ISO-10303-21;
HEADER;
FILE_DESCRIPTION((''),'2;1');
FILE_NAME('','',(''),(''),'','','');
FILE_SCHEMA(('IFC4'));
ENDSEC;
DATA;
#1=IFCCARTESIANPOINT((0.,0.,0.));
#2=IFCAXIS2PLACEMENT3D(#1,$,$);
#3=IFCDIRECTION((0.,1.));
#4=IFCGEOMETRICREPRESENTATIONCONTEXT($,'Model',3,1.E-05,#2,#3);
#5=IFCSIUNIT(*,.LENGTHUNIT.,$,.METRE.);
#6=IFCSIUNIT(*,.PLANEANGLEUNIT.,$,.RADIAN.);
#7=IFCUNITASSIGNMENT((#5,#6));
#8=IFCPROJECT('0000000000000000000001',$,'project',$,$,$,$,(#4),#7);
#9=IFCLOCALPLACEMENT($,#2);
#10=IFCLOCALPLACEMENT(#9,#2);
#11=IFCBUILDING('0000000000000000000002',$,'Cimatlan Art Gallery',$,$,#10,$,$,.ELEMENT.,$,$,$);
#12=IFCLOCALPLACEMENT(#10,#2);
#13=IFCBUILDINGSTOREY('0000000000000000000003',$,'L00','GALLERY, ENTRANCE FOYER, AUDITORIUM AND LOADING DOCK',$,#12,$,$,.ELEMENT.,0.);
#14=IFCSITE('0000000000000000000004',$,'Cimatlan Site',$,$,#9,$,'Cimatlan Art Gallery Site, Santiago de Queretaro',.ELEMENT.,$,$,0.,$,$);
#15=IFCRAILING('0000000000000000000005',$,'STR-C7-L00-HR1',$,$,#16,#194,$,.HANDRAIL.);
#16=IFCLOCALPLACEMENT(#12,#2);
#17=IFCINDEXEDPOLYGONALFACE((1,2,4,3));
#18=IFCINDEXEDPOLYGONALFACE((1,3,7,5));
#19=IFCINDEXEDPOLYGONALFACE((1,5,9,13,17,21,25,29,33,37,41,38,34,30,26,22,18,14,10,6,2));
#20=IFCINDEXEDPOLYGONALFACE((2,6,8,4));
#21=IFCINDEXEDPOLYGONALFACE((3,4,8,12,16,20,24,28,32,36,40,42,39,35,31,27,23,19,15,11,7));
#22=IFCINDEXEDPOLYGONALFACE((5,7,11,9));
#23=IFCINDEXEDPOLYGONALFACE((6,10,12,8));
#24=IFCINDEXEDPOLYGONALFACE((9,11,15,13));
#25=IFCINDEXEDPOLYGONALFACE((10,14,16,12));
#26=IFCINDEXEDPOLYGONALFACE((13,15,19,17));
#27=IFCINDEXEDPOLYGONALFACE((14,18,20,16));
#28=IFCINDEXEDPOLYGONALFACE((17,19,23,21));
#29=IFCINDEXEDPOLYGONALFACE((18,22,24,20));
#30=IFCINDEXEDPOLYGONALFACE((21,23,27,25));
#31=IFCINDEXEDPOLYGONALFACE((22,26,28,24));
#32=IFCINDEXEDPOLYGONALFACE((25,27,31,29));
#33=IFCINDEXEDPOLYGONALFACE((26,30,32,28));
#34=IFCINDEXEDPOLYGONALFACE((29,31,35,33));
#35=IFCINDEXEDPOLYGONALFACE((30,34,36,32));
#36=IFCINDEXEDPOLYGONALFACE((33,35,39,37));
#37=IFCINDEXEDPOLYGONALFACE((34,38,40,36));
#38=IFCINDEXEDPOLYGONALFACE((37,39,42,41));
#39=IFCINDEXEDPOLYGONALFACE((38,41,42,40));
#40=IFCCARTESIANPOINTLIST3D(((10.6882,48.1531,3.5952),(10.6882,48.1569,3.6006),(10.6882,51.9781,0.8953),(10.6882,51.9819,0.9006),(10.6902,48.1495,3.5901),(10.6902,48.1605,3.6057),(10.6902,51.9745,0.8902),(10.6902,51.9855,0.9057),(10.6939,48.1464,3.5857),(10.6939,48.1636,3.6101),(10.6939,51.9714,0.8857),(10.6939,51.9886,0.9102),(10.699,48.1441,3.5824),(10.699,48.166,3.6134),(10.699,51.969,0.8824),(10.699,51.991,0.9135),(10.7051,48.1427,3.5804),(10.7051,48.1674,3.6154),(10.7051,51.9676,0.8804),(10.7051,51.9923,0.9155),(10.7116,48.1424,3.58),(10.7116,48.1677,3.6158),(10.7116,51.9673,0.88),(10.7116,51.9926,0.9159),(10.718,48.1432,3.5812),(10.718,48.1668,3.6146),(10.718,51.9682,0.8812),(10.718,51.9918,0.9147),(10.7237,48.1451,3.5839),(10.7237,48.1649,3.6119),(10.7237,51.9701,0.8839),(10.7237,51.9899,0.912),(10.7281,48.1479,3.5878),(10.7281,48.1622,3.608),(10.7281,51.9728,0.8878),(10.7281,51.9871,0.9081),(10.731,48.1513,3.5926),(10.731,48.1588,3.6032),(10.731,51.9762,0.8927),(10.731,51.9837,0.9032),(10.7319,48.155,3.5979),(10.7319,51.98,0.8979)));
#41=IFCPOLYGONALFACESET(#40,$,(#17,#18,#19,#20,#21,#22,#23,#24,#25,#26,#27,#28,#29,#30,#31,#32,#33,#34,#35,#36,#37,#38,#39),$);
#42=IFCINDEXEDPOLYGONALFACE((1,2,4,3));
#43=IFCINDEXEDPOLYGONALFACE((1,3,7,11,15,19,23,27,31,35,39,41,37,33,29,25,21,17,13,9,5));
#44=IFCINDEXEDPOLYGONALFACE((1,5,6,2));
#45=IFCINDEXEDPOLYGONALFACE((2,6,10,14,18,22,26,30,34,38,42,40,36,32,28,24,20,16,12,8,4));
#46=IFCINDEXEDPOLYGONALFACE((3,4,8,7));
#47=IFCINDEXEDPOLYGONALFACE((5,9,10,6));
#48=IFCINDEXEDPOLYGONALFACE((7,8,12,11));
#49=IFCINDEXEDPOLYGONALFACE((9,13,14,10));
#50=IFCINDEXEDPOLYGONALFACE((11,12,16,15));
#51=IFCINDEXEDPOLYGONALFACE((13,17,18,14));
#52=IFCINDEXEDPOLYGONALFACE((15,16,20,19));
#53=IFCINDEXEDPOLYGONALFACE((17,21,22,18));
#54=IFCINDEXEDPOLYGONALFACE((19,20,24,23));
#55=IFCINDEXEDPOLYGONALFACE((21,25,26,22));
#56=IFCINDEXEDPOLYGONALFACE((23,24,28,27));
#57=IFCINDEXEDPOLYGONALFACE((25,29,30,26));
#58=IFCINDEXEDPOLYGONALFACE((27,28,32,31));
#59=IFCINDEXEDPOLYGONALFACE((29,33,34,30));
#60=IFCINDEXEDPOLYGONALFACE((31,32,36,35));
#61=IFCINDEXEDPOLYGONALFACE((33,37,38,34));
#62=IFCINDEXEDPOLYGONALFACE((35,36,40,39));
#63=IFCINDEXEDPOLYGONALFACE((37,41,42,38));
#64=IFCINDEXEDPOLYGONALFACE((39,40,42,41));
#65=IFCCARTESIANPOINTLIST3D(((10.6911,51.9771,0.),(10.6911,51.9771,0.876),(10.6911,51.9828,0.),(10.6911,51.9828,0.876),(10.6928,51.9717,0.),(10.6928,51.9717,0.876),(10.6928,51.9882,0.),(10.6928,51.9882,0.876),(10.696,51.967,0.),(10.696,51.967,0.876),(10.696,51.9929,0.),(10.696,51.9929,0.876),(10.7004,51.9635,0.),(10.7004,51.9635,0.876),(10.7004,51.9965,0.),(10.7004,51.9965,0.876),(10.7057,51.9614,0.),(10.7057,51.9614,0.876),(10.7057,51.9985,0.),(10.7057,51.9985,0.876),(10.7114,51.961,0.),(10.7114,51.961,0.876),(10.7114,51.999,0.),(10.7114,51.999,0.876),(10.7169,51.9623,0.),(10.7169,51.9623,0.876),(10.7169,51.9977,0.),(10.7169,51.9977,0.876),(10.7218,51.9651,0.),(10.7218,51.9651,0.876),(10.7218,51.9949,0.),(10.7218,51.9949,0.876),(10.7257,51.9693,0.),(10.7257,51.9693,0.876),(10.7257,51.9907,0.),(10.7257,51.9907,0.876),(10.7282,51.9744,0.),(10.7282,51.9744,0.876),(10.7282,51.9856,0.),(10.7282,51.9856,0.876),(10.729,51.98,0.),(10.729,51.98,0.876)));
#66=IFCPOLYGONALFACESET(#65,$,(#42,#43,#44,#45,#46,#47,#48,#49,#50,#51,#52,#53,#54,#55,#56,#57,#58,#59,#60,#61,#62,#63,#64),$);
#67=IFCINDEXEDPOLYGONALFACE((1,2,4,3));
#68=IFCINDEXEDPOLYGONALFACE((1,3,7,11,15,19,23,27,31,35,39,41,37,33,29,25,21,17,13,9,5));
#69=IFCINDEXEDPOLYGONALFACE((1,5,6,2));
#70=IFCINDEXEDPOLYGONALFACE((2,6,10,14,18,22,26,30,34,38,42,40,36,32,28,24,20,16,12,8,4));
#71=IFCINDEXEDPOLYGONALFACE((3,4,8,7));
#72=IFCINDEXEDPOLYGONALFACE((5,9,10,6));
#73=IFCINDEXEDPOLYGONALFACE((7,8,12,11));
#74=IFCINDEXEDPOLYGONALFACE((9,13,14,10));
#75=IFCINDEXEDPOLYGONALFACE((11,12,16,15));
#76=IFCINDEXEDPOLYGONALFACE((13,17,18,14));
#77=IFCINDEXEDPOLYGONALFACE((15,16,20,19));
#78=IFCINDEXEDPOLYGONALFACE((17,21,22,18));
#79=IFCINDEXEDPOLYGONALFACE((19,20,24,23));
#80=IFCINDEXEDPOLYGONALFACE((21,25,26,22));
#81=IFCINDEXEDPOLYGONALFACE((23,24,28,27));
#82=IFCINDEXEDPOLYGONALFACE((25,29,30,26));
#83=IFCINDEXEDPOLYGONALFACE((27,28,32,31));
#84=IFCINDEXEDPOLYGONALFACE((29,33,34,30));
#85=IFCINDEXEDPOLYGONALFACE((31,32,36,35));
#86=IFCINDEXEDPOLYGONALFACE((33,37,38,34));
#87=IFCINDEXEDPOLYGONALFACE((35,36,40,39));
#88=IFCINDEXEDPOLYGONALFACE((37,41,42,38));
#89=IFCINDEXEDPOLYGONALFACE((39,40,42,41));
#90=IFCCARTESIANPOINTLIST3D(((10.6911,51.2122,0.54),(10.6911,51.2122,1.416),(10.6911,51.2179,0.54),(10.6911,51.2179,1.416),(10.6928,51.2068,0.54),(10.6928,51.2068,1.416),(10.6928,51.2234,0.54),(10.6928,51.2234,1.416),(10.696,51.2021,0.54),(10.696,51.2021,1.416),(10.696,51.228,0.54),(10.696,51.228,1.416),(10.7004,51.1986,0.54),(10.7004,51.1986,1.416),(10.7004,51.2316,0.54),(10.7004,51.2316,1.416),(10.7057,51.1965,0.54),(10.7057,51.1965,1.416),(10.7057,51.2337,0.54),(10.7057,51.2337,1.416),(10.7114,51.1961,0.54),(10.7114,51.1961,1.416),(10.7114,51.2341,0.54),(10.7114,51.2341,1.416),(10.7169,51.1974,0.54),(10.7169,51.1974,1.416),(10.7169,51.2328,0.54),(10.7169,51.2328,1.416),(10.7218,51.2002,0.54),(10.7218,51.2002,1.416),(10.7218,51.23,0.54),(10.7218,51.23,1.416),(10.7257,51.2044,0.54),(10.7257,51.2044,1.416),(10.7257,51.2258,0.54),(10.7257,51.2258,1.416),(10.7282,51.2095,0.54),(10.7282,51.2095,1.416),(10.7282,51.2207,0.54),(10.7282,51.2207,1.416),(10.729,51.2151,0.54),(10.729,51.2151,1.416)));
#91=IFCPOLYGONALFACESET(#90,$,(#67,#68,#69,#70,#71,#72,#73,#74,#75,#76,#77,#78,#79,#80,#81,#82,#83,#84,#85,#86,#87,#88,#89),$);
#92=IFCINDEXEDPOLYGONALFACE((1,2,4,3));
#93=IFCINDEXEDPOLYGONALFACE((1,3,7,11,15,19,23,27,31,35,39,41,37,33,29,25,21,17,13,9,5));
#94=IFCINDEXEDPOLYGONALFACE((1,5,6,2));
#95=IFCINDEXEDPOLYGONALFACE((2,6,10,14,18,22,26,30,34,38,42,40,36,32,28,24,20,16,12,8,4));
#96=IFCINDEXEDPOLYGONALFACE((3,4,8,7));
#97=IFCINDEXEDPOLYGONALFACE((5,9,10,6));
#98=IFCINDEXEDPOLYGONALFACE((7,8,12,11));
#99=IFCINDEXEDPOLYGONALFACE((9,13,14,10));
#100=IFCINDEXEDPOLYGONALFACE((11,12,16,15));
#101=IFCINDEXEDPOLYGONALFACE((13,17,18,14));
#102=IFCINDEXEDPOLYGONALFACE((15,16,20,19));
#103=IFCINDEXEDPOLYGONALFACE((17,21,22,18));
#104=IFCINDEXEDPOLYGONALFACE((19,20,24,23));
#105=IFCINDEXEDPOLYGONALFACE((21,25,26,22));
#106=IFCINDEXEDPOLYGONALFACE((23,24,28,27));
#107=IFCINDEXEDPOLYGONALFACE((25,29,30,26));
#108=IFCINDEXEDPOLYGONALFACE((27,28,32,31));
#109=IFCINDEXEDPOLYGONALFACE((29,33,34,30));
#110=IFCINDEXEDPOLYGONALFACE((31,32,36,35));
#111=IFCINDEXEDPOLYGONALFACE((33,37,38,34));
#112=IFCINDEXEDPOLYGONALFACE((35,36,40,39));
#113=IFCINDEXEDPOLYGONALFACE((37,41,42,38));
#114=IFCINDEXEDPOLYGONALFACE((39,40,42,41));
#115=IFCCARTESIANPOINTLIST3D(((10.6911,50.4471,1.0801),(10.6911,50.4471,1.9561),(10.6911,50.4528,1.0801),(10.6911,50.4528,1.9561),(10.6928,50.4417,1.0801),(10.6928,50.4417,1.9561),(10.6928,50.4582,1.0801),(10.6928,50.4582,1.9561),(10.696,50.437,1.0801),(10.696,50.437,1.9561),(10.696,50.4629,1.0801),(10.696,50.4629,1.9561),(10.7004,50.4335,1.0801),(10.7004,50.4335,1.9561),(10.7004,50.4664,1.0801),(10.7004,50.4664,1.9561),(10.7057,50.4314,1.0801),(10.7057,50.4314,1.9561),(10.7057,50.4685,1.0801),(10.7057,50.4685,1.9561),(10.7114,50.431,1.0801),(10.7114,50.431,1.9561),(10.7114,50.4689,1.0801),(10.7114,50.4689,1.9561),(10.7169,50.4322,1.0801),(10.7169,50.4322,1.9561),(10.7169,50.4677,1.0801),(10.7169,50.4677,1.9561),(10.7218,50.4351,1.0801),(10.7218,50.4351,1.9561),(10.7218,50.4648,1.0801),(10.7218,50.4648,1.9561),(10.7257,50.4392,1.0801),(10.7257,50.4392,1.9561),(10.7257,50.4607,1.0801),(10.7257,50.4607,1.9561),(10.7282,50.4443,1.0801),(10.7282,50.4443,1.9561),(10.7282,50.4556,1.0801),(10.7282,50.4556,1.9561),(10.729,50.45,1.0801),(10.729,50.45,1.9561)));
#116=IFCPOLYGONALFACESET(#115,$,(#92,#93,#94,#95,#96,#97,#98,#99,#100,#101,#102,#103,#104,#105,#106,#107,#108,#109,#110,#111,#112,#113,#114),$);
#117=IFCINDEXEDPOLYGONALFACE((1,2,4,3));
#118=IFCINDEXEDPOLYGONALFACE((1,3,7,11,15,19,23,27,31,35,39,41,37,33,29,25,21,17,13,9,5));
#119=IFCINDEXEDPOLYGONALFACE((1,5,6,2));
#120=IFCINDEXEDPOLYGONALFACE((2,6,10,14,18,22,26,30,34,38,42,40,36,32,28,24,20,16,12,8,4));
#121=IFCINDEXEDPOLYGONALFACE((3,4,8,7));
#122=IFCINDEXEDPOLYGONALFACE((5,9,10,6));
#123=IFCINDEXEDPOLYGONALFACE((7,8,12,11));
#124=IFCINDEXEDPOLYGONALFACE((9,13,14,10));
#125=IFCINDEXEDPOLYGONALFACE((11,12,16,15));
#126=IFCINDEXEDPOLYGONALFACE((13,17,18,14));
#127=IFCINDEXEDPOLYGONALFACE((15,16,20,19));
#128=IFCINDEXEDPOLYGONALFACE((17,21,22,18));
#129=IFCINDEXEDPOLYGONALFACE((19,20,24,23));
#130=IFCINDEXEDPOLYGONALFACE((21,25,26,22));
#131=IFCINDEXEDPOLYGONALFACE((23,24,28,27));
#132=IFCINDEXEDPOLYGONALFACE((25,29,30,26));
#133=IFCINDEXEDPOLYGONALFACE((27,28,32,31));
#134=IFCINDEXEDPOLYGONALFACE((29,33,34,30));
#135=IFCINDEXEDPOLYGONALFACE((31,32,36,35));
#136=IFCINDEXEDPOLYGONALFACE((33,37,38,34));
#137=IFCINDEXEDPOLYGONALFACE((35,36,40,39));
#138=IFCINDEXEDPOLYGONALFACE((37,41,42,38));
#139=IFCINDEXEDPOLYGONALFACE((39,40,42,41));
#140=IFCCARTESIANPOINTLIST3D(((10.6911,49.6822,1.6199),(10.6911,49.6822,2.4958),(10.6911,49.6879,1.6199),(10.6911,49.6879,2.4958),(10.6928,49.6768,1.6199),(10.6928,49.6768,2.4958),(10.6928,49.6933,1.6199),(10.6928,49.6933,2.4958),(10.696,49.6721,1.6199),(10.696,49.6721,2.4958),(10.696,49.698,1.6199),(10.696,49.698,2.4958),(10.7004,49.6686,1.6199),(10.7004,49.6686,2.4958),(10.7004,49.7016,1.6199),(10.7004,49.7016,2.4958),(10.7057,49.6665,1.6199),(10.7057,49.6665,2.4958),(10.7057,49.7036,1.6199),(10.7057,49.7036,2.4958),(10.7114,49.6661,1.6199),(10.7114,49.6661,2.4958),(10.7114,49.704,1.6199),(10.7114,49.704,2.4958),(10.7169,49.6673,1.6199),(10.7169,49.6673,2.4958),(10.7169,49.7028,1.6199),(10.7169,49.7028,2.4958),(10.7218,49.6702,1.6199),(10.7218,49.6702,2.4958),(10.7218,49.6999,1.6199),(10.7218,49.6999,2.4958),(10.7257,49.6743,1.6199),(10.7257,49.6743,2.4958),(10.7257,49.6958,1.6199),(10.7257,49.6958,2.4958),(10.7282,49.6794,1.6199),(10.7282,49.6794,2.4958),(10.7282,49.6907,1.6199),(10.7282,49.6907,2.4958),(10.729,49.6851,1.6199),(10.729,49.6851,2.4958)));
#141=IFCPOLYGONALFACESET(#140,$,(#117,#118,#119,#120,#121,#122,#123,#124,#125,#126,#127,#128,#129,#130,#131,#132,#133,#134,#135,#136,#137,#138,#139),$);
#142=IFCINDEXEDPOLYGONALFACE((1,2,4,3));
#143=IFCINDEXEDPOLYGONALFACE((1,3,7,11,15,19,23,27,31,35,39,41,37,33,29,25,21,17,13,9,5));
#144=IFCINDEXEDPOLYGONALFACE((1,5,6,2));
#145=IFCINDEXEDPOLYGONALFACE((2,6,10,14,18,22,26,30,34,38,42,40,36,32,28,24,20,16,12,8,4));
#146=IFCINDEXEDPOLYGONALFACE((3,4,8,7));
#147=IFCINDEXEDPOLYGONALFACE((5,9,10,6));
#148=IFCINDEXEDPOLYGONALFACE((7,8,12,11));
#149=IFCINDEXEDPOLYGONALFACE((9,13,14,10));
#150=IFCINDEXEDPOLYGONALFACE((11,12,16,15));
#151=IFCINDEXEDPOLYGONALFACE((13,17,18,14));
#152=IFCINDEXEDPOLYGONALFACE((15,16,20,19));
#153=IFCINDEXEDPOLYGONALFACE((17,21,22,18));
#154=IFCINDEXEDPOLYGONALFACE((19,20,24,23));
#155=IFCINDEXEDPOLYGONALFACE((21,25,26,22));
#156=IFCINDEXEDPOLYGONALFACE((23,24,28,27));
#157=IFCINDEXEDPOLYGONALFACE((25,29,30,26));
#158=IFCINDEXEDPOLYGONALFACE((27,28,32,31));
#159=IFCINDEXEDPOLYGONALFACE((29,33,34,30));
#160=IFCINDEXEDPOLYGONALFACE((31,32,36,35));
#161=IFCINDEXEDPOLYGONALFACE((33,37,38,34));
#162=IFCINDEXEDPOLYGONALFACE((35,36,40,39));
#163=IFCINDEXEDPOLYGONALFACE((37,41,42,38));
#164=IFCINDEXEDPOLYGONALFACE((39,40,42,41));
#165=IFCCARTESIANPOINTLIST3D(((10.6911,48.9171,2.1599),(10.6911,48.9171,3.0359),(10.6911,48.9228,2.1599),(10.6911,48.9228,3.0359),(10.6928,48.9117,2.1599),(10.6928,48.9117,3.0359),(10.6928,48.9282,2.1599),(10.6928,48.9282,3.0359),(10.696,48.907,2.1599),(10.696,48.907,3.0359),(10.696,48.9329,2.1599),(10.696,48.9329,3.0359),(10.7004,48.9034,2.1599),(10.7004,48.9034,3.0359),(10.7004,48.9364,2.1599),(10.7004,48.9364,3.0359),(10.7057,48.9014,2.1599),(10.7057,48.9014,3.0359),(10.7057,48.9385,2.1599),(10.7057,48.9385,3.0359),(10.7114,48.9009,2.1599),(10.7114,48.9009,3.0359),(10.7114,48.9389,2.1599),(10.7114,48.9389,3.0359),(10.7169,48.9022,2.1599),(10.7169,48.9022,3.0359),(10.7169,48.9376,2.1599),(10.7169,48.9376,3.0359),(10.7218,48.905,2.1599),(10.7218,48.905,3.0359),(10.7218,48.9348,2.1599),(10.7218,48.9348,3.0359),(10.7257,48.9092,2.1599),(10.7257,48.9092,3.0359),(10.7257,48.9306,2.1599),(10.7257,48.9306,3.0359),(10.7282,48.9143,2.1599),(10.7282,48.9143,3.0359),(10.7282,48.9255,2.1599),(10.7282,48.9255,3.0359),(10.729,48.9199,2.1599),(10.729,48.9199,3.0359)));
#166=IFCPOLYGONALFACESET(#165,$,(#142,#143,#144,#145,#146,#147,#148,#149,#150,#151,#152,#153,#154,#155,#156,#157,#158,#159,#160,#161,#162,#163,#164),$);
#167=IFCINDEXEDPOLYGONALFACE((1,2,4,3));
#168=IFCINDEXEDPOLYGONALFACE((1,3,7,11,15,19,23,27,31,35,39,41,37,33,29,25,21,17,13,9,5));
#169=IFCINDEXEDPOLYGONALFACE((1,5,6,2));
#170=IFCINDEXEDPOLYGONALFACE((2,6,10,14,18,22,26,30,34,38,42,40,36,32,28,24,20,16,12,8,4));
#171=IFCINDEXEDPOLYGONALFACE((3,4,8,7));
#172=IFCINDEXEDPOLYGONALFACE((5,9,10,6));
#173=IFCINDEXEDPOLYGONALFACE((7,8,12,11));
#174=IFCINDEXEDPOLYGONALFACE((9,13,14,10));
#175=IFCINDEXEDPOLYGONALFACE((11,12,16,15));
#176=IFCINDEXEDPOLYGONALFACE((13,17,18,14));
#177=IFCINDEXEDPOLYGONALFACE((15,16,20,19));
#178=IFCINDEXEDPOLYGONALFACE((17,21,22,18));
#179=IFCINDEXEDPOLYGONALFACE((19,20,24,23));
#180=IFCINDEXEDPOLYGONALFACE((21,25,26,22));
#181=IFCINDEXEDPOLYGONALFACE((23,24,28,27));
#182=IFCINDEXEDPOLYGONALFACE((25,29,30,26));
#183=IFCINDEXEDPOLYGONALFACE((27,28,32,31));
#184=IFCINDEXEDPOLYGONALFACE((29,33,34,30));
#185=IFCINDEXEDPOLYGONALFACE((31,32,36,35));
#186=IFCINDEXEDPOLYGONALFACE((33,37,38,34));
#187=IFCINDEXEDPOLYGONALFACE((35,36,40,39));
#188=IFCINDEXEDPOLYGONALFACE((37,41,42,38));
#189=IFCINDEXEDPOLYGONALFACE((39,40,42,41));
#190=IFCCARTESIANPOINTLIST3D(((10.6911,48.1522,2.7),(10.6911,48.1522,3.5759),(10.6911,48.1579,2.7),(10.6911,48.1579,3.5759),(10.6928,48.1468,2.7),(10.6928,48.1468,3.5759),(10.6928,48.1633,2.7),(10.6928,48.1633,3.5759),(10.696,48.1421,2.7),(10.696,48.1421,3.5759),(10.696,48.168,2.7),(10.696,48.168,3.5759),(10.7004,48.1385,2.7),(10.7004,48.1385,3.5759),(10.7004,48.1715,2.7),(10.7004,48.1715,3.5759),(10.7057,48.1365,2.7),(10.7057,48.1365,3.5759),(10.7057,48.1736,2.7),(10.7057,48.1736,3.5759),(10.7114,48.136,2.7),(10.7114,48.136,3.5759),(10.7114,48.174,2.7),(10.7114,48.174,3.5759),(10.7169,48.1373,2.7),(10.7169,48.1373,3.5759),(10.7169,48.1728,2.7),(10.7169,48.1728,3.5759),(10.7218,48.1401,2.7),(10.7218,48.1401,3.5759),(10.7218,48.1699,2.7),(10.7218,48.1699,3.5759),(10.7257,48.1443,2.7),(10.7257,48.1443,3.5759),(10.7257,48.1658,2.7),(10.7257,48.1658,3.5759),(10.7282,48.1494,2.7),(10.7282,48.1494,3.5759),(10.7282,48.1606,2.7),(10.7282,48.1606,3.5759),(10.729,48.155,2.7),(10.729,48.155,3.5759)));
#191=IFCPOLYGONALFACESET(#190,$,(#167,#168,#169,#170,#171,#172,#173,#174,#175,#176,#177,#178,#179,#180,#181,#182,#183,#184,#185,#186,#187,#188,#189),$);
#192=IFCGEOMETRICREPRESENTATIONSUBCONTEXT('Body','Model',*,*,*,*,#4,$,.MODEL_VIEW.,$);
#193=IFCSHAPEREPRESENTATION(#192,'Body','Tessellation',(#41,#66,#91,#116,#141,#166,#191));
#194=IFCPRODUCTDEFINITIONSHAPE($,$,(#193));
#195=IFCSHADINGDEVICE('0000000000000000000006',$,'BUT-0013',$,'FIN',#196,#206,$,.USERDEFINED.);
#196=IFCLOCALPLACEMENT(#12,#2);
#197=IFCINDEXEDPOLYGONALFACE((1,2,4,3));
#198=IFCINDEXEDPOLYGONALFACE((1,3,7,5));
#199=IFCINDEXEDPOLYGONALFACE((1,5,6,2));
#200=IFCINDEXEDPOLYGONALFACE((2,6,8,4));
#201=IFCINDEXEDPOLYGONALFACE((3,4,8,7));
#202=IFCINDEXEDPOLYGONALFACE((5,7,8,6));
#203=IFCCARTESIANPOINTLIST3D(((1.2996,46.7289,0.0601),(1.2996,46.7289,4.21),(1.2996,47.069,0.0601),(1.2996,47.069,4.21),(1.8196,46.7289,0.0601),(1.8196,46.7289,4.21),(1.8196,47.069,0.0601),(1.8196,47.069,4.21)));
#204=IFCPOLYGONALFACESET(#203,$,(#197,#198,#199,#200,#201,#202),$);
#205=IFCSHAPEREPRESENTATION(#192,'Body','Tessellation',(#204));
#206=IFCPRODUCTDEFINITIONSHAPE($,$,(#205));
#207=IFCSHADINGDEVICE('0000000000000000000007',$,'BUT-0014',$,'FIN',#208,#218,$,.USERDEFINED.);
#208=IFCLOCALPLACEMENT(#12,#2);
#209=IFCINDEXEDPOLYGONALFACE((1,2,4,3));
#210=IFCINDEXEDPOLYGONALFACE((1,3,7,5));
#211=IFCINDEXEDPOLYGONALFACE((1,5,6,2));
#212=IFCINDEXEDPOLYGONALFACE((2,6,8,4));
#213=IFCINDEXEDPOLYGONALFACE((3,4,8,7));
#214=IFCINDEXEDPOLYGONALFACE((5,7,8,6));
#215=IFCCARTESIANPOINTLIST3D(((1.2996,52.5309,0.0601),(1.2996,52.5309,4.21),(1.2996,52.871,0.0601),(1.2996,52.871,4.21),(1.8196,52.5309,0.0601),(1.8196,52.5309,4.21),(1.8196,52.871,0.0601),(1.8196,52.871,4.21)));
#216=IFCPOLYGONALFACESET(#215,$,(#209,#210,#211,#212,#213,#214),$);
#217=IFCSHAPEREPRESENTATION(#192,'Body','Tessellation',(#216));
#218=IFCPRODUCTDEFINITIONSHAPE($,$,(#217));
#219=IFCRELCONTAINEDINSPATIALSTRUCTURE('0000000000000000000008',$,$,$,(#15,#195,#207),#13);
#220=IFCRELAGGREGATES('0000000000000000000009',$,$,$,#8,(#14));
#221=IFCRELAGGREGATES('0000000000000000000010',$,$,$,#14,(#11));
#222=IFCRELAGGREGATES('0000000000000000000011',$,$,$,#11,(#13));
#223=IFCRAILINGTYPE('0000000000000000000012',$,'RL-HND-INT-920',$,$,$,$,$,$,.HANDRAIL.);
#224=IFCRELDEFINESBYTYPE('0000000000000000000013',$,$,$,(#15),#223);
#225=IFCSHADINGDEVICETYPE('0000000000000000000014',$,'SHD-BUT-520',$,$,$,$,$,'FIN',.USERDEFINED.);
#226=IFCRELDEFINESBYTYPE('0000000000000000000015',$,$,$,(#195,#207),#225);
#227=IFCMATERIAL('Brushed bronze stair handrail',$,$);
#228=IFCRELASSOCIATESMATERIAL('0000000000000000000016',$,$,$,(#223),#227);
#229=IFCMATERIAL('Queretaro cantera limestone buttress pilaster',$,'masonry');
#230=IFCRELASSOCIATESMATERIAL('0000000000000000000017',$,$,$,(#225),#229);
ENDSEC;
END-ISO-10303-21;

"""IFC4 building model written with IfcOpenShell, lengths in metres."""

from ifc_helpers import new_model, si_unit, direction, frame, origin, origin_2d, place, context, subcontext, project, spatial, rectangle, circle, extrude, material, type_object, element, save


model = new_model("IFC4")

# Units and contexts
model_context = context("Model", 3, precision=1e-05, world=origin(), true_north=direction((0.0, 1.0)))
body_context = subcontext(model_context, "Body", "Model", "MODEL_VIEW")
ifc_project = project(units=[si_unit("LENGTHUNIT", "METRE"), si_unit("PLANEANGLEUNIT", "RADIAN")], contexts=[model_context])

# Site, building, storey
site_placement = place(None, origin())
site = spatial("IfcSite", under=ifc_project, at=site_placement, Name="Cimatlan Site", LongName="Cimatlan Art Gallery Site, Santiago de Queretaro", CompositionType="ELEMENT", RefElevation=0.0)
building_placement = place(site_placement, origin())
building = spatial("IfcBuilding", under=site, at=building_placement, Name="Cimatlan Art Gallery", CompositionType="ELEMENT")
storey_placement = place(building_placement, origin())
storey = spatial("IfcBuildingStorey", under=building, at=storey_placement, Name="L00", Description="GALLERY, ENTRANCE FOYER, AUDITORIUM AND LOADING DOCK", CompositionType="ELEMENT", Elevation=0.0)

# Railing
ifc_material_1 = material(Name="Brushed bronze stair handrail")
railing_type_1 = type_object("IfcRailingType", Name="RL-HND-INT-920", PredefinedType="HANDRAIL", material=ifc_material_1)
railing_1_placement = place(storey_placement, frame((10.71, 51.98, 0.0)))
element("IfcRailing", 1, at=railing_1_placement, inside=storey, type_object=railing_type_1, Name="STR-C7-L00-HR1", PredefinedType="HANDRAIL", context=body_context, shape_type="SweptSolid", body=[
    extrude(circle(Radius=0.022, at=origin_2d()), frame((0.0, 0.0, 0.8979), z_axis=(0.0, -0.816969, 0.576681), x_axis=(1.0, 0.0, 0.0)), (0.0, 0.0, 1.0), 4.6819),
    extrude(circle(Radius=0.019, at=origin_2d()), origin(), (0.0, 0.0, 1.0), 0.876),
    extrude(circle(Radius=0.019, at=origin_2d()), frame((0.0, -0.7649, 0.54)), (0.0, 0.0, 1.0), 0.876),
    extrude(circle(Radius=0.019, at=origin_2d()), frame((0.0, -1.53, 1.0801)), (0.0, 0.0, 1.0), 0.876),
    extrude(circle(Radius=0.019, at=origin_2d()), frame((0.0, -2.2949, 1.6199)), (0.0, 0.0, 1.0), 0.876),
    extrude(circle(Radius=0.019, at=origin_2d()), frame((0.0, -3.0601, 2.1599)), (0.0, 0.0, 1.0), 0.876),
    extrude(circle(Radius=0.019, at=origin_2d()), frame((0.0, -3.825, 2.7)), (0.0, 0.0, 1.0), 0.876),
])

# Shading devices
ifc_material_2 = material(Name="Queretaro cantera limestone buttress pilaster", Category="masonry")
shading_device_type_1 = type_object("IfcShadingDeviceType", Name="SHD-BUT-520", ElementType="FIN", PredefinedType="USERDEFINED", material=ifc_material_2)
for number, where, z_axis, x_axis, name in (
    (2, (1.5596, 46.8989, 0.0601), (0.0, 0.0, 1.0), (0.0, 1.0, 0.0), "BUT-0013"),
    (3, (1.5596, 52.7009, 0.0601), (0.0, 0.0, 1.0), (0.0, 1.0, 0.0), "BUT-0014"),
):
    element("IfcShadingDevice", number, at=place(storey_placement, frame(where, z_axis=z_axis, x_axis=x_axis)), inside=storey, type_object=shading_device_type_1, Name=name, ObjectType="FIN", PredefinedType="USERDEFINED", context=body_context, shape_type="SweptSolid", body=[
        extrude(rectangle(XDim=0.3401, YDim=0.52, at=origin_2d()), origin(), (0.0, 0.0, 1.0), 4.1499),
    ])

save(model, "model.ifc")
